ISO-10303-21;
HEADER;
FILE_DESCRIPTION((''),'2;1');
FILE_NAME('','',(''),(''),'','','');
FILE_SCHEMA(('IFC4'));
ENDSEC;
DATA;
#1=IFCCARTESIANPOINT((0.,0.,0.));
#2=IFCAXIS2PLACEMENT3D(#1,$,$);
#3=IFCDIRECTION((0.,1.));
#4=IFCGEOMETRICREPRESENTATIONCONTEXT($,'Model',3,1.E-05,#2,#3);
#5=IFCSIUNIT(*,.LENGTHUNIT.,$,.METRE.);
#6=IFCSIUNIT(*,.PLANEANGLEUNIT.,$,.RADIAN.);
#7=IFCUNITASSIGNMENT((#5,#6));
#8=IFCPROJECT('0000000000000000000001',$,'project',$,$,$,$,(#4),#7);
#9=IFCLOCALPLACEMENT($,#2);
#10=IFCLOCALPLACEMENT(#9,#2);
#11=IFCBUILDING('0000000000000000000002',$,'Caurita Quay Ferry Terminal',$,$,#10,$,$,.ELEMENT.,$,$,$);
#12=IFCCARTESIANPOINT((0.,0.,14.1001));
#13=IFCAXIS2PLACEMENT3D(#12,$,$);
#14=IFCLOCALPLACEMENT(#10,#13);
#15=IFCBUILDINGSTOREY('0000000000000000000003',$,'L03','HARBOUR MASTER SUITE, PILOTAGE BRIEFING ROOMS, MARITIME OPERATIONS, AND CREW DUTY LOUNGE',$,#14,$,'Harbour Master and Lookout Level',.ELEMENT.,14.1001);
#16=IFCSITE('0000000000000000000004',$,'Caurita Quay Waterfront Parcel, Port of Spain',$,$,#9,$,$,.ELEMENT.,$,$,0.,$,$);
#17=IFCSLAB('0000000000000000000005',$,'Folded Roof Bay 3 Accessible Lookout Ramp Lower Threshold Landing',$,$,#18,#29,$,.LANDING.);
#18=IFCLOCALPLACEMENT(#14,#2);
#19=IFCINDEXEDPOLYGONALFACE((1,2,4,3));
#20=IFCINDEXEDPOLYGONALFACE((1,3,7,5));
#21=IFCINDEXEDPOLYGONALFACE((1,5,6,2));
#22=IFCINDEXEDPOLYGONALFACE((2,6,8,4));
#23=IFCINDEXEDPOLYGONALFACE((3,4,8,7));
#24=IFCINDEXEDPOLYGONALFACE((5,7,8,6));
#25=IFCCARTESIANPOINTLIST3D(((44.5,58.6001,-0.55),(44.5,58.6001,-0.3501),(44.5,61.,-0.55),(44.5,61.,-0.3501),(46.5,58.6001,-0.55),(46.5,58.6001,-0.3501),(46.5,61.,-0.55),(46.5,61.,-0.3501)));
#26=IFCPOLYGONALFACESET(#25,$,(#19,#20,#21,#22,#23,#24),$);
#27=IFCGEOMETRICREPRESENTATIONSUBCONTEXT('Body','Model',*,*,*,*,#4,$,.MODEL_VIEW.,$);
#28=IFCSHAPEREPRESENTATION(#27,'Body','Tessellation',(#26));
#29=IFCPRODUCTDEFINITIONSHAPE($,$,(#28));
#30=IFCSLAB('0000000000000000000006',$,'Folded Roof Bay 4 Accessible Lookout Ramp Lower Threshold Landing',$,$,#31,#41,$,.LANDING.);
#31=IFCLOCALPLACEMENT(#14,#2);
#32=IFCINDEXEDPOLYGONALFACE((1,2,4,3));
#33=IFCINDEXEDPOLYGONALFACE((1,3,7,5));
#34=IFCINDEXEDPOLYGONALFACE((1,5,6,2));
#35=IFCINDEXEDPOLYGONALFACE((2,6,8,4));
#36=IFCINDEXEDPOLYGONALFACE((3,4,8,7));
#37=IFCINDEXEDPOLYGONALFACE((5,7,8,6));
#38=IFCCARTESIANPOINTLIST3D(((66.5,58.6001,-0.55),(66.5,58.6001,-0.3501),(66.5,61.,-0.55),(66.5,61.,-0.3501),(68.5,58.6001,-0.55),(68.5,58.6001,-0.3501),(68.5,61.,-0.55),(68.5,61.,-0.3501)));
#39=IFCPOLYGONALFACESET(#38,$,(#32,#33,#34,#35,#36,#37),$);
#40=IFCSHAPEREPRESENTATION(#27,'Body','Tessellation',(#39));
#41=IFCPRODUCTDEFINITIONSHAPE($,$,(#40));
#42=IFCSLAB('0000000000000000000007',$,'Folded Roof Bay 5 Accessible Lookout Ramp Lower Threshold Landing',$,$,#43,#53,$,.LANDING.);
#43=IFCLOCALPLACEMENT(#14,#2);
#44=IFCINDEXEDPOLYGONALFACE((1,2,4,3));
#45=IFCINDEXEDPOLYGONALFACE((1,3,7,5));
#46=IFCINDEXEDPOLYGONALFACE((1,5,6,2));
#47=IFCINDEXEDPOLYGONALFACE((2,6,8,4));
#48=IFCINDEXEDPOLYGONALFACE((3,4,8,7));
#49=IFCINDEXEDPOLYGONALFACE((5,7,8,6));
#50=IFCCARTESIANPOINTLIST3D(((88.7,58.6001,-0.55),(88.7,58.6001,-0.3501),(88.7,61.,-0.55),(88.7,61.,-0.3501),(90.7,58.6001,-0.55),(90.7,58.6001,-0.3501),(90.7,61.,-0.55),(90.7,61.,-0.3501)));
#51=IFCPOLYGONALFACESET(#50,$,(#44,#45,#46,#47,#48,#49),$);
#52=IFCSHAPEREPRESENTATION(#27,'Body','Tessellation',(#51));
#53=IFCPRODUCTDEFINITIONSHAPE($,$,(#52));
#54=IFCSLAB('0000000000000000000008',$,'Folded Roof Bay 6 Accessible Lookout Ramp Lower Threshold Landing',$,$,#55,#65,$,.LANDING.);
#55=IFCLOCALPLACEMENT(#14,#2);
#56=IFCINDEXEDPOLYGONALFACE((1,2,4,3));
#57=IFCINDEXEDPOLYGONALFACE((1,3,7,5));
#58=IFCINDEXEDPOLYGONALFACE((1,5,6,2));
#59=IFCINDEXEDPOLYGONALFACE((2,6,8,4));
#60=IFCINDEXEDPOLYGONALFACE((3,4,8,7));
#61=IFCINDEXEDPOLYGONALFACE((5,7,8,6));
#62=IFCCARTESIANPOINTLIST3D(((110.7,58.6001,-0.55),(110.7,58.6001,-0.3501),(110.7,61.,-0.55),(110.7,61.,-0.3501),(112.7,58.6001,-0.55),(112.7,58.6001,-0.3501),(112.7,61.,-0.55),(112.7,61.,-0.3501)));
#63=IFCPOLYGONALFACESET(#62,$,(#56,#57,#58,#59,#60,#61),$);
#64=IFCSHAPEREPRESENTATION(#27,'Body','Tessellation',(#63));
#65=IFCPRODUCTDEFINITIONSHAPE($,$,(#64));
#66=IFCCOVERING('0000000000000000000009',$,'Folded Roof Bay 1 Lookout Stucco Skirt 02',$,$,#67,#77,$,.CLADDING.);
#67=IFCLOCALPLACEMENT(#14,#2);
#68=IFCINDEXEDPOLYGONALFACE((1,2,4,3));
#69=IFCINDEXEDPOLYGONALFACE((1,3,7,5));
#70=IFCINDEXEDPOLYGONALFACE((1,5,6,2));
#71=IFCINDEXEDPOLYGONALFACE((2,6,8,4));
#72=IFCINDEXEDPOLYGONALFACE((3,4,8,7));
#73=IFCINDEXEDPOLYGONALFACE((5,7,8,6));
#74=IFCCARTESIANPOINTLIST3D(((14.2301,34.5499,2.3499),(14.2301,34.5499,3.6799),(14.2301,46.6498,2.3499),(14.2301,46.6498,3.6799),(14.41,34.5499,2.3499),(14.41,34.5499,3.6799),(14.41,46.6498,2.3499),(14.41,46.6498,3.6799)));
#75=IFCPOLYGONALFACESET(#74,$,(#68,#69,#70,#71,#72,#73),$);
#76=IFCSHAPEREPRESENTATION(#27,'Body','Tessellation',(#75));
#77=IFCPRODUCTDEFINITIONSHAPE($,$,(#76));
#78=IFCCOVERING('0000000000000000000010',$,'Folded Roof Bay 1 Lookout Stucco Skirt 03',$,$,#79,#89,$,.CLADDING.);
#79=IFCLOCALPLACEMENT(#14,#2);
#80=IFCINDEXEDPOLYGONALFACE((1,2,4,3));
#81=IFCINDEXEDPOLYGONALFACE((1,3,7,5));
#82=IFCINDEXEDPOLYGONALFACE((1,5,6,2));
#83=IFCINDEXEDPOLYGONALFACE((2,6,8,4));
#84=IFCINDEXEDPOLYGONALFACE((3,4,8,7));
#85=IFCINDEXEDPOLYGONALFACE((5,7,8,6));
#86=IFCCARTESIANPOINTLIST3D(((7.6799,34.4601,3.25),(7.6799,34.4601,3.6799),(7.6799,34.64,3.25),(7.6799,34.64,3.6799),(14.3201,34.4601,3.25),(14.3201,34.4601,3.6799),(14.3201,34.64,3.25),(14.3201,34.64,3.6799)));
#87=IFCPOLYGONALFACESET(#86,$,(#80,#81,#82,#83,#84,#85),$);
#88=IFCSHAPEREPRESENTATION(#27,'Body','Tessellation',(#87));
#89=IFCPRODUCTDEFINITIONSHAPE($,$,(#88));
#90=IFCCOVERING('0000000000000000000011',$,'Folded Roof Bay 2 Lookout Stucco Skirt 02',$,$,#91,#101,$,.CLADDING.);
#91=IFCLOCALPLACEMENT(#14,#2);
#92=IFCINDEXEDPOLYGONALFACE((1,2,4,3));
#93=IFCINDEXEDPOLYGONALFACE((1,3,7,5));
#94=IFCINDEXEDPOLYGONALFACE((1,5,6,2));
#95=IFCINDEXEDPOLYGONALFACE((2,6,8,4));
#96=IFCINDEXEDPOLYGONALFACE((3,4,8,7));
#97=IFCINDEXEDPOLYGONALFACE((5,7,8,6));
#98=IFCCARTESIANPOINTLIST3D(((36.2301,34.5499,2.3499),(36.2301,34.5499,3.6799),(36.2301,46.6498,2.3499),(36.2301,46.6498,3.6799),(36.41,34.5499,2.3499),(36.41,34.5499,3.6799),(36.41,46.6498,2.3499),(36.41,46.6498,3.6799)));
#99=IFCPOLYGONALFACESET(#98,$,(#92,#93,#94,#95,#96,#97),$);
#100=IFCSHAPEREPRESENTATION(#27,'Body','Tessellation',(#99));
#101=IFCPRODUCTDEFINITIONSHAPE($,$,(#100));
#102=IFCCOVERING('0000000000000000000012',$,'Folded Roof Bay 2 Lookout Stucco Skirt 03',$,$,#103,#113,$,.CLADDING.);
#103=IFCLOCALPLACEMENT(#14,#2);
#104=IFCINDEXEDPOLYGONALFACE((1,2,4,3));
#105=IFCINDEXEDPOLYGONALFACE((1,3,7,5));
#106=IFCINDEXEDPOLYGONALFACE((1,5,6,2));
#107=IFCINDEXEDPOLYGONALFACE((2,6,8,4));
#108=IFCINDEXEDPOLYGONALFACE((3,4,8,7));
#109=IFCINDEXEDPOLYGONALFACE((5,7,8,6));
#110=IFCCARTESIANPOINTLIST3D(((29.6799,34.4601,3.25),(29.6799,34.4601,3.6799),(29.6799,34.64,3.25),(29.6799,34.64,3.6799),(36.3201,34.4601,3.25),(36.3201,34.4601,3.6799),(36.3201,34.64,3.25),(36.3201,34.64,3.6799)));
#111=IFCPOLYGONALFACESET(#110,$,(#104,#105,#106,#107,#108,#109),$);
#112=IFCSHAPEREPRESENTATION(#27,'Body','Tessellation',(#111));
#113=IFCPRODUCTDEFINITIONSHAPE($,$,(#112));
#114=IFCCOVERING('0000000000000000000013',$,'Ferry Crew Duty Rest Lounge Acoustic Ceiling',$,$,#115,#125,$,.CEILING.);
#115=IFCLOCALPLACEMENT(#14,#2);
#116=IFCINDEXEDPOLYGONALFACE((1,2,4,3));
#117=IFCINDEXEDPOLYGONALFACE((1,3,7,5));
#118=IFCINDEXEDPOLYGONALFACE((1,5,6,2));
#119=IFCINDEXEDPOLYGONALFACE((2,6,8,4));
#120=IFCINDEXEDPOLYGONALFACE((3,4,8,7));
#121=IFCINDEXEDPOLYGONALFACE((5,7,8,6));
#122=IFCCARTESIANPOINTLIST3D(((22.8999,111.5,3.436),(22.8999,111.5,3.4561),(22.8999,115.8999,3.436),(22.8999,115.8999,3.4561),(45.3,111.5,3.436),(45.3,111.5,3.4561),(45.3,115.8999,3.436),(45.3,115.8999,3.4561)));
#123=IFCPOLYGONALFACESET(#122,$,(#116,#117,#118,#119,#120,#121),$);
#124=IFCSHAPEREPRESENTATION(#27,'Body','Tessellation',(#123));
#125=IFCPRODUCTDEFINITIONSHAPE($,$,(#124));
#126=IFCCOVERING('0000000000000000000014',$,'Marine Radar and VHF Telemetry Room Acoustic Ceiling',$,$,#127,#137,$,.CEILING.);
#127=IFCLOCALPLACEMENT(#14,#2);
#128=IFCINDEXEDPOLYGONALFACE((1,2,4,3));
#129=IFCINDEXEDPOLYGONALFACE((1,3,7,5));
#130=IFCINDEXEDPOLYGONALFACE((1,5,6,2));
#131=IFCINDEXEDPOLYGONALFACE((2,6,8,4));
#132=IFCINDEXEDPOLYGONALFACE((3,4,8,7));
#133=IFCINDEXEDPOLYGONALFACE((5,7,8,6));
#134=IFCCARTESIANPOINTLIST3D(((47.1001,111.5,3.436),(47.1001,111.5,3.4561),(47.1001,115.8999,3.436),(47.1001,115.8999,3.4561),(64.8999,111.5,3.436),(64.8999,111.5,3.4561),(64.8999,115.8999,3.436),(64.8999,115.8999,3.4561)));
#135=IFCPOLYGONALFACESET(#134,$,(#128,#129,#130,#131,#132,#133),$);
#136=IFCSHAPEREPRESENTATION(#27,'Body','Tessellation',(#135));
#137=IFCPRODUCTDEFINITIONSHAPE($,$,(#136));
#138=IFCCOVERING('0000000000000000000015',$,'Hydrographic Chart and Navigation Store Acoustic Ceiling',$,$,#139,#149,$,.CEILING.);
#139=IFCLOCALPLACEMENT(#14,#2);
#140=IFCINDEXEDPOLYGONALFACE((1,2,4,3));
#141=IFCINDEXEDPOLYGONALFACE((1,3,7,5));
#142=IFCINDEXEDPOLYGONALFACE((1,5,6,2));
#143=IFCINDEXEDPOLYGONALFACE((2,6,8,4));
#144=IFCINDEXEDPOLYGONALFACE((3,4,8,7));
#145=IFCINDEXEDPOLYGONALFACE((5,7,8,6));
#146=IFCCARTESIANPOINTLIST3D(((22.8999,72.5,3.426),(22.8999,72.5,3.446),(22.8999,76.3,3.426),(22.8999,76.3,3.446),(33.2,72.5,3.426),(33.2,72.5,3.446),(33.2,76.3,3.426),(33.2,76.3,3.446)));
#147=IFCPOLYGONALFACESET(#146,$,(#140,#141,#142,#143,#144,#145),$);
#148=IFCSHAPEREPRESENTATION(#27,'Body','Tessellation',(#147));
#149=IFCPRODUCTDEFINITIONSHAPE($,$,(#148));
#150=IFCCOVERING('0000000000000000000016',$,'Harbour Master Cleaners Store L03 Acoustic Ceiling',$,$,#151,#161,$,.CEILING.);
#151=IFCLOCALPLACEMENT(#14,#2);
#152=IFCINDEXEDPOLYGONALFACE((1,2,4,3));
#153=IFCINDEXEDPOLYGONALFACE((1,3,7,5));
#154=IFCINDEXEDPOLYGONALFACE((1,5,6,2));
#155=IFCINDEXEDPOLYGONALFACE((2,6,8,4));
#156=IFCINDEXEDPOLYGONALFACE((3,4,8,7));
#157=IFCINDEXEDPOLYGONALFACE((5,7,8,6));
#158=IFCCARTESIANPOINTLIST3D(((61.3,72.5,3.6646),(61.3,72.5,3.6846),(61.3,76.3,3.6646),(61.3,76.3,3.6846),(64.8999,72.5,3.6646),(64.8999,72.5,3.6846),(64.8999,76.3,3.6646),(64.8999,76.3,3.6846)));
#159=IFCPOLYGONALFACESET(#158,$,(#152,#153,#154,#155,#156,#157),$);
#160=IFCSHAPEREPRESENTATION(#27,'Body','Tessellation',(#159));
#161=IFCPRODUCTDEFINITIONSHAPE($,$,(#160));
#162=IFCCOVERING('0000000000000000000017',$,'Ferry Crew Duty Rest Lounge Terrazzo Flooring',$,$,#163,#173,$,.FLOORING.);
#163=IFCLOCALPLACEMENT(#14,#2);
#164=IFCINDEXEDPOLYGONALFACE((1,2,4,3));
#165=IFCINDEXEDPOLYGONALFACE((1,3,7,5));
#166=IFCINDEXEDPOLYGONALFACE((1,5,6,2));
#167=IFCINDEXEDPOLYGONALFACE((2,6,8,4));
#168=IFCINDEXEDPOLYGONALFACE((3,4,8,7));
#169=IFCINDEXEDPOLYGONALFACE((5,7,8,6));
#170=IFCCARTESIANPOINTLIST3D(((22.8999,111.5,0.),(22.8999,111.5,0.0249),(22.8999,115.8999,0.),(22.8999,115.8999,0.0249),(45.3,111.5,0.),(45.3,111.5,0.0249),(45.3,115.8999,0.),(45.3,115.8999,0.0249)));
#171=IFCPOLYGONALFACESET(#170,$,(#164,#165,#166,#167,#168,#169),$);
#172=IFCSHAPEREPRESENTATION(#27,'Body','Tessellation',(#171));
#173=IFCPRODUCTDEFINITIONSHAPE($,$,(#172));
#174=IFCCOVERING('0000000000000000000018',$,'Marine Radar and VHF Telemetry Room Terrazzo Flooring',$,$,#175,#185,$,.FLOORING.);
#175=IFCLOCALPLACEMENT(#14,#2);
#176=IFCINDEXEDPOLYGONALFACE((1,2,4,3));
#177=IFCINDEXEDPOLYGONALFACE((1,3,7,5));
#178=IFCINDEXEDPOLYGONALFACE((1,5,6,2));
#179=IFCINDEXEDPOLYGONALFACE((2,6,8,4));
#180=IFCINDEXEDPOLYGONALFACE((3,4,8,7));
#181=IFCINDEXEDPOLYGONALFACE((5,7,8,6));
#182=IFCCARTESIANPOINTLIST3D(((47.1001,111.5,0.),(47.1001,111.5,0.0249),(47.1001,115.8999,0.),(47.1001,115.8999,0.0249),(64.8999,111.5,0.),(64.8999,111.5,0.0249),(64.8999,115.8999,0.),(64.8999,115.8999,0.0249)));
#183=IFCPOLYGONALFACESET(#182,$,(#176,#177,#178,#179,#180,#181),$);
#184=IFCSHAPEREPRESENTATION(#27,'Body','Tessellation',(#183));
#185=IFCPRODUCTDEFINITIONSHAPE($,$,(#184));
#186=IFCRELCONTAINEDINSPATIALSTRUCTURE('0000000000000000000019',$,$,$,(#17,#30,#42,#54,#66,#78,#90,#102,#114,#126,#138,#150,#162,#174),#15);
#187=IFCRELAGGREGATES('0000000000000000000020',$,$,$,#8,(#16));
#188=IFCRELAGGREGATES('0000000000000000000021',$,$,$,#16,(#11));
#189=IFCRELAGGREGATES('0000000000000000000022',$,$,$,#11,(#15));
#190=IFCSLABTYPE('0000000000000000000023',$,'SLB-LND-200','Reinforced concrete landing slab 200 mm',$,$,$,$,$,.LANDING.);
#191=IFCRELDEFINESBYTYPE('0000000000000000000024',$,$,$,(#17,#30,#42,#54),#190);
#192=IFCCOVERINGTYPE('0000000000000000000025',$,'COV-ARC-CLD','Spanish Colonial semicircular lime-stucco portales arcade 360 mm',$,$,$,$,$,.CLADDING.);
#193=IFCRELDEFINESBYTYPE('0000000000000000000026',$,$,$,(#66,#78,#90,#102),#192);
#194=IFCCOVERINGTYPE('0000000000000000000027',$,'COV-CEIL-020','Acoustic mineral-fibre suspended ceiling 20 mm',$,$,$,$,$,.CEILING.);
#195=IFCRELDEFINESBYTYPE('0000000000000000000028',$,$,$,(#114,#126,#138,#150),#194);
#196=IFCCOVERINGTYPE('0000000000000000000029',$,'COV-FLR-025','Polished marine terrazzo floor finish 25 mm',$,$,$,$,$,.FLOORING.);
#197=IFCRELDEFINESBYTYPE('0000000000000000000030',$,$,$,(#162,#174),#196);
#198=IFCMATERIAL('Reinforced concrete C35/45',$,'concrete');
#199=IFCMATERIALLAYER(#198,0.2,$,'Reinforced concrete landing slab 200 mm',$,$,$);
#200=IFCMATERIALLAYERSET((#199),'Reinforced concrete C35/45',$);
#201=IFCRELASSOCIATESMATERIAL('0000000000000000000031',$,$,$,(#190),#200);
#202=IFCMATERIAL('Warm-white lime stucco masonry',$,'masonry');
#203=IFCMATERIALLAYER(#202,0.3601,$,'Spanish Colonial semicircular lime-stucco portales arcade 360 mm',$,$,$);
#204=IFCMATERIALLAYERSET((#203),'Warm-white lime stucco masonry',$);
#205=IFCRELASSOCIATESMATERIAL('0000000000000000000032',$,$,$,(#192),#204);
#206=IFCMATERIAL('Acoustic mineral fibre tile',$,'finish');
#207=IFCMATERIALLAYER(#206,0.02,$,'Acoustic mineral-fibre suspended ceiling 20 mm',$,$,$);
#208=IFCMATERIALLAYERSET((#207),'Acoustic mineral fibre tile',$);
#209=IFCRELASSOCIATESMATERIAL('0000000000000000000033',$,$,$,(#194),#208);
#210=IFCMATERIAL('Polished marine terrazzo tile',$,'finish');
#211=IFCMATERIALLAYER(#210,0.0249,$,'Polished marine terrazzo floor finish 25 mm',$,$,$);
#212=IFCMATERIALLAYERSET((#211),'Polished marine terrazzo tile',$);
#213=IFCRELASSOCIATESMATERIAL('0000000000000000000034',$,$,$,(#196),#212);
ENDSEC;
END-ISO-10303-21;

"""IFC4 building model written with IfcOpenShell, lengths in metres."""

from ifc_helpers import new_model, si_unit, direction, frame, frame_2d, origin, place, context, subcontext, project, spatial, polyline, rectangle, outline, extrude, material, layer, layer_set, type_object, element, save


model = new_model("IFC4")

# Units and contexts
model_context = context("Model", 3, precision=1e-05, world=origin(), true_north=direction((0.0, 1.0)))
body_context = subcontext(model_context, "Body", "Model", "MODEL_VIEW")
ifc_project = project(units=[si_unit("LENGTHUNIT", "METRE"), si_unit("PLANEANGLEUNIT", "RADIAN")], contexts=[model_context])

# Site, building, storey
site_placement = place(None, origin())
site = spatial("IfcSite", under=ifc_project, at=site_placement, Name="Caurita Quay Waterfront Parcel, Port of Spain", CompositionType="ELEMENT", RefElevation=0.0)
building_placement = place(site_placement, origin())
building = spatial("IfcBuilding", under=site, at=building_placement, Name="Caurita Quay Ferry Terminal", CompositionType="ELEMENT")
storey_placement = place(building_placement, frame((0.0, 0.0, 14.1001)))
storey = spatial("IfcBuildingStorey", under=building, at=storey_placement, Name="L03", Description="HARBOUR MASTER SUITE, PILOTAGE BRIEFING ROOMS, MARITIME OPERATIONS, AND CREW DUTY LOUNGE", LongName="Harbour Master and Lookout Level", CompositionType="ELEMENT", Elevation=14.1001)

# Shared definitions
ifc_material_1 = material(Name="Reinforced concrete C35/45", Category="concrete")
ifc_layer_1 = layer(ifc_material_1, 0.2, Name="Reinforced concrete landing slab 200 mm")
ifc_layer_set_1 = layer_set([ifc_layer_1], Name="Reinforced concrete C35/45")
slab_type = type_object("IfcSlabType", Name="SLB-LND-200", Description="Reinforced concrete landing slab 200 mm", PredefinedType="LANDING", material=ifc_layer_set_1)

# Slabs
slab_1_placement = place(storey_placement, frame((0.0, 0.0, -0.55)))
element("IfcSlab", 1, at=slab_1_placement, inside=storey, type_object=slab_type, Name="Folded Roof Bay 3 Accessible Lookout Ramp Lower Threshold Landing", PredefinedType="LANDING", context=body_context, shape_type="SweptSolid", body=[
    extrude(outline(polyline([(44.5, 58.6001), (46.5, 58.6001), (46.5, 61.0), (44.5, 61.0), (44.5, 58.6001)])), origin(), (0.0, 0.0, 1.0), 0.2),
])
slab_2_placement = place(storey_placement, frame((0.0, 0.0, -0.55)))
element("IfcSlab", 2, at=slab_2_placement, inside=storey, type_object=slab_type, Name="Folded Roof Bay 4 Accessible Lookout Ramp Lower Threshold Landing", PredefinedType="LANDING", context=body_context, shape_type="SweptSolid", body=[
    extrude(outline(polyline([(66.5, 58.6001), (68.5, 58.6001), (68.5, 61.0), (66.5, 61.0), (66.5, 58.6001)])), origin(), (0.0, 0.0, 1.0), 0.2),
])
slab_3_placement = place(storey_placement, frame((0.0, 0.0, -0.55)))
element("IfcSlab", 3, at=slab_3_placement, inside=storey, type_object=slab_type, Name="Folded Roof Bay 5 Accessible Lookout Ramp Lower Threshold Landing", PredefinedType="LANDING", context=body_context, shape_type="SweptSolid", body=[
    extrude(outline(polyline([(88.7, 58.6001), (90.7, 58.6001), (90.7, 61.0), (88.7, 61.0), (88.7, 58.6001)])), origin(), (0.0, 0.0, 1.0), 0.2),
])
slab_4_placement = place(storey_placement, frame((0.0, 0.0, -0.55)))
element("IfcSlab", 4, at=slab_4_placement, inside=storey, type_object=slab_type, Name="Folded Roof Bay 6 Accessible Lookout Ramp Lower Threshold Landing", PredefinedType="LANDING", context=body_context, shape_type="SweptSolid", body=[
    extrude(outline(polyline([(110.7, 58.6001), (112.7, 58.6001), (112.7, 61.0), (110.7, 61.0), (110.7, 58.6001)])), origin(), (0.0, 0.0, 1.0), 0.2),
])

# Coverings
ifc_material_2 = material(Name="Warm-white lime stucco masonry", Category="masonry")
ifc_layer_2 = layer(ifc_material_2, 0.3601, Name="Spanish Colonial semicircular lime-stucco portales arcade 360 mm")
ifc_layer_set_2 = layer_set([ifc_layer_2], Name="Warm-white lime stucco masonry")
covering_type_1 = type_object("IfcCoveringType", Name="COV-ARC-CLD", Description="Spanish Colonial semicircular lime-stucco portales arcade 360 mm", PredefinedType="CLADDING", material=ifc_layer_set_2)
covering_1_placement = place(storey_placement, frame((14.3201, 34.55, 2.3499), z_axis=(0.0, 0.0, 1.0), x_axis=(0.0, 1.0, 0.0)))
element("IfcCovering", 5, at=covering_1_placement, inside=storey, type_object=covering_type_1, Name="Folded Roof Bay 1 Lookout Stucco Skirt 02", PredefinedType="CLADDING", context=body_context, shape_type="SweptSolid", body=[
    extrude(rectangle(XDim=12.0999, YDim=0.1799, at=frame_2d((6.0498, 0.0))), origin(), (0.0, 0.0, 1.0), 1.3301),
])
covering_2_placement = place(storey_placement, frame((7.6799, 34.55, 3.25), z_axis=(0.0, 0.0, 1.0), x_axis=(1.0, 0.0, 0.0)))
element("IfcCovering", 6, at=covering_2_placement, inside=storey, type_object=covering_type_1, Name="Folded Roof Bay 1 Lookout Stucco Skirt 03", PredefinedType="CLADDING", context=body_context, shape_type="SweptSolid", body=[
    extrude(rectangle(XDim=6.6401, YDim=0.1799, at=frame_2d((3.3201, 0.0))), origin(), (0.0, 0.0, 1.0), 0.4299),
])
covering_3_placement = place(storey_placement, frame((36.3201, 34.55, 2.3499), z_axis=(0.0, 0.0, 1.0), x_axis=(0.0, 1.0, 0.0)))
element("IfcCovering", 7, at=covering_3_placement, inside=storey, type_object=covering_type_1, Name="Folded Roof Bay 2 Lookout Stucco Skirt 02", PredefinedType="CLADDING", context=body_context, shape_type="SweptSolid", body=[
    extrude(rectangle(XDim=12.0999, YDim=0.1799, at=frame_2d((6.0498, 0.0))), origin(), (0.0, 0.0, 1.0), 1.3301),
])
covering_4_placement = place(storey_placement, frame((29.6799, 34.55, 3.25), z_axis=(0.0, 0.0, 1.0), x_axis=(1.0, 0.0, 0.0)))
element("IfcCovering", 8, at=covering_4_placement, inside=storey, type_object=covering_type_1, Name="Folded Roof Bay 2 Lookout Stucco Skirt 03", PredefinedType="CLADDING", context=body_context, shape_type="SweptSolid", body=[
    extrude(rectangle(XDim=6.6401, YDim=0.1799, at=frame_2d((3.3201, 0.0))), origin(), (0.0, 0.0, 1.0), 0.4299),
])
ifc_material_3 = material(Name="Acoustic mineral fibre tile", Category="finish")
ifc_layer_3 = layer(ifc_material_3, 0.02, Name="Acoustic mineral-fibre suspended ceiling 20 mm")
ifc_layer_set_3 = layer_set([ifc_layer_3], Name="Acoustic mineral fibre tile")
covering_type_2 = type_object("IfcCoveringType", Name="COV-CEIL-020", Description="Acoustic mineral-fibre suspended ceiling 20 mm", PredefinedType="CEILING", material=ifc_layer_set_3)
covering_5_placement = place(storey_placement, frame((0.0, 0.0, 3.436)))
element("IfcCovering", 9, at=covering_5_placement, inside=storey, type_object=covering_type_2, Name="Ferry Crew Duty Rest Lounge Acoustic Ceiling", PredefinedType="CEILING", context=body_context, shape_type="SweptSolid", body=[
    extrude(outline(polyline([(22.8999, 111.5), (45.3, 111.5), (45.3, 115.8999), (22.8999, 115.8999), (22.8999, 111.5)])), origin(), (0.0, 0.0, 1.0), 0.02),
])
covering_6_placement = place(storey_placement, frame((0.0, 0.0, 3.436)))
element("IfcCovering", 10, at=covering_6_placement, inside=storey, type_object=covering_type_2, Name="Marine Radar and VHF Telemetry Room Acoustic Ceiling", PredefinedType="CEILING", context=body_context, shape_type="SweptSolid", body=[
    extrude(outline(polyline([(47.1001, 111.5), (64.8999, 111.5), (64.8999, 115.8999), (47.1001, 115.8999), (47.1001, 111.5)])), origin(), (0.0, 0.0, 1.0), 0.02),
])
covering_7_placement = place(storey_placement, frame((0.0, 0.0, 3.426)))
element("IfcCovering", 11, at=covering_7_placement, inside=storey, type_object=covering_type_2, Name="Hydrographic Chart and Navigation Store Acoustic Ceiling", PredefinedType="CEILING", context=body_context, shape_type="SweptSolid", body=[
    extrude(outline(polyline([(22.8999, 72.5), (33.2, 72.5), (33.2, 76.3), (22.8999, 76.3), (22.8999, 72.5)])), origin(), (0.0, 0.0, 1.0), 0.02),
])
covering_8_placement = place(storey_placement, frame((0.0, 0.0, 3.6646)))
element("IfcCovering", 12, at=covering_8_placement, inside=storey, type_object=covering_type_2, Name="Harbour Master Cleaners Store L03 Acoustic Ceiling", PredefinedType="CEILING", context=body_context, shape_type="SweptSolid", body=[
    extrude(outline(polyline([(61.3, 72.5), (64.8999, 72.5), (64.8999, 76.3), (61.3, 76.3), (61.3, 72.5)])), origin(), (0.0, 0.0, 1.0), 0.02),
])
ifc_material_4 = material(Name="Polished marine terrazzo tile", Category="finish")
ifc_layer_4 = layer(ifc_material_4, 0.0249, Name="Polished marine terrazzo floor finish 25 mm")
ifc_layer_set_4 = layer_set([ifc_layer_4], Name="Polished marine terrazzo tile")
covering_type_3 = type_object("IfcCoveringType", Name="COV-FLR-025", Description="Polished marine terrazzo floor finish 25 mm", PredefinedType="FLOORING", material=ifc_layer_set_4)
covering_9_placement = place(storey_placement, origin())
element("IfcCovering", 13, at=covering_9_placement, inside=storey, type_object=covering_type_3, Name="Ferry Crew Duty Rest Lounge Terrazzo Flooring", PredefinedType="FLOORING", context=body_context, shape_type="SweptSolid", body=[
    extrude(outline(polyline([(22.8999, 111.5), (45.3, 111.5), (45.3, 115.8999), (22.8999, 115.8999), (22.8999, 111.5)])), origin(), (0.0, 0.0, 1.0), 0.0249),
])
covering_10_placement = place(storey_placement, origin())
element("IfcCovering", 14, at=covering_10_placement, inside=storey, type_object=covering_type_3, Name="Marine Radar and VHF Telemetry Room Terrazzo Flooring", PredefinedType="FLOORING", context=body_context, shape_type="SweptSolid", body=[
    extrude(outline(polyline([(47.1001, 111.5), (64.8999, 111.5), (64.8999, 115.8999), (47.1001, 115.8999), (47.1001, 111.5)])), origin(), (0.0, 0.0, 1.0), 0.0249),
])

save(model, "model.ifc")
